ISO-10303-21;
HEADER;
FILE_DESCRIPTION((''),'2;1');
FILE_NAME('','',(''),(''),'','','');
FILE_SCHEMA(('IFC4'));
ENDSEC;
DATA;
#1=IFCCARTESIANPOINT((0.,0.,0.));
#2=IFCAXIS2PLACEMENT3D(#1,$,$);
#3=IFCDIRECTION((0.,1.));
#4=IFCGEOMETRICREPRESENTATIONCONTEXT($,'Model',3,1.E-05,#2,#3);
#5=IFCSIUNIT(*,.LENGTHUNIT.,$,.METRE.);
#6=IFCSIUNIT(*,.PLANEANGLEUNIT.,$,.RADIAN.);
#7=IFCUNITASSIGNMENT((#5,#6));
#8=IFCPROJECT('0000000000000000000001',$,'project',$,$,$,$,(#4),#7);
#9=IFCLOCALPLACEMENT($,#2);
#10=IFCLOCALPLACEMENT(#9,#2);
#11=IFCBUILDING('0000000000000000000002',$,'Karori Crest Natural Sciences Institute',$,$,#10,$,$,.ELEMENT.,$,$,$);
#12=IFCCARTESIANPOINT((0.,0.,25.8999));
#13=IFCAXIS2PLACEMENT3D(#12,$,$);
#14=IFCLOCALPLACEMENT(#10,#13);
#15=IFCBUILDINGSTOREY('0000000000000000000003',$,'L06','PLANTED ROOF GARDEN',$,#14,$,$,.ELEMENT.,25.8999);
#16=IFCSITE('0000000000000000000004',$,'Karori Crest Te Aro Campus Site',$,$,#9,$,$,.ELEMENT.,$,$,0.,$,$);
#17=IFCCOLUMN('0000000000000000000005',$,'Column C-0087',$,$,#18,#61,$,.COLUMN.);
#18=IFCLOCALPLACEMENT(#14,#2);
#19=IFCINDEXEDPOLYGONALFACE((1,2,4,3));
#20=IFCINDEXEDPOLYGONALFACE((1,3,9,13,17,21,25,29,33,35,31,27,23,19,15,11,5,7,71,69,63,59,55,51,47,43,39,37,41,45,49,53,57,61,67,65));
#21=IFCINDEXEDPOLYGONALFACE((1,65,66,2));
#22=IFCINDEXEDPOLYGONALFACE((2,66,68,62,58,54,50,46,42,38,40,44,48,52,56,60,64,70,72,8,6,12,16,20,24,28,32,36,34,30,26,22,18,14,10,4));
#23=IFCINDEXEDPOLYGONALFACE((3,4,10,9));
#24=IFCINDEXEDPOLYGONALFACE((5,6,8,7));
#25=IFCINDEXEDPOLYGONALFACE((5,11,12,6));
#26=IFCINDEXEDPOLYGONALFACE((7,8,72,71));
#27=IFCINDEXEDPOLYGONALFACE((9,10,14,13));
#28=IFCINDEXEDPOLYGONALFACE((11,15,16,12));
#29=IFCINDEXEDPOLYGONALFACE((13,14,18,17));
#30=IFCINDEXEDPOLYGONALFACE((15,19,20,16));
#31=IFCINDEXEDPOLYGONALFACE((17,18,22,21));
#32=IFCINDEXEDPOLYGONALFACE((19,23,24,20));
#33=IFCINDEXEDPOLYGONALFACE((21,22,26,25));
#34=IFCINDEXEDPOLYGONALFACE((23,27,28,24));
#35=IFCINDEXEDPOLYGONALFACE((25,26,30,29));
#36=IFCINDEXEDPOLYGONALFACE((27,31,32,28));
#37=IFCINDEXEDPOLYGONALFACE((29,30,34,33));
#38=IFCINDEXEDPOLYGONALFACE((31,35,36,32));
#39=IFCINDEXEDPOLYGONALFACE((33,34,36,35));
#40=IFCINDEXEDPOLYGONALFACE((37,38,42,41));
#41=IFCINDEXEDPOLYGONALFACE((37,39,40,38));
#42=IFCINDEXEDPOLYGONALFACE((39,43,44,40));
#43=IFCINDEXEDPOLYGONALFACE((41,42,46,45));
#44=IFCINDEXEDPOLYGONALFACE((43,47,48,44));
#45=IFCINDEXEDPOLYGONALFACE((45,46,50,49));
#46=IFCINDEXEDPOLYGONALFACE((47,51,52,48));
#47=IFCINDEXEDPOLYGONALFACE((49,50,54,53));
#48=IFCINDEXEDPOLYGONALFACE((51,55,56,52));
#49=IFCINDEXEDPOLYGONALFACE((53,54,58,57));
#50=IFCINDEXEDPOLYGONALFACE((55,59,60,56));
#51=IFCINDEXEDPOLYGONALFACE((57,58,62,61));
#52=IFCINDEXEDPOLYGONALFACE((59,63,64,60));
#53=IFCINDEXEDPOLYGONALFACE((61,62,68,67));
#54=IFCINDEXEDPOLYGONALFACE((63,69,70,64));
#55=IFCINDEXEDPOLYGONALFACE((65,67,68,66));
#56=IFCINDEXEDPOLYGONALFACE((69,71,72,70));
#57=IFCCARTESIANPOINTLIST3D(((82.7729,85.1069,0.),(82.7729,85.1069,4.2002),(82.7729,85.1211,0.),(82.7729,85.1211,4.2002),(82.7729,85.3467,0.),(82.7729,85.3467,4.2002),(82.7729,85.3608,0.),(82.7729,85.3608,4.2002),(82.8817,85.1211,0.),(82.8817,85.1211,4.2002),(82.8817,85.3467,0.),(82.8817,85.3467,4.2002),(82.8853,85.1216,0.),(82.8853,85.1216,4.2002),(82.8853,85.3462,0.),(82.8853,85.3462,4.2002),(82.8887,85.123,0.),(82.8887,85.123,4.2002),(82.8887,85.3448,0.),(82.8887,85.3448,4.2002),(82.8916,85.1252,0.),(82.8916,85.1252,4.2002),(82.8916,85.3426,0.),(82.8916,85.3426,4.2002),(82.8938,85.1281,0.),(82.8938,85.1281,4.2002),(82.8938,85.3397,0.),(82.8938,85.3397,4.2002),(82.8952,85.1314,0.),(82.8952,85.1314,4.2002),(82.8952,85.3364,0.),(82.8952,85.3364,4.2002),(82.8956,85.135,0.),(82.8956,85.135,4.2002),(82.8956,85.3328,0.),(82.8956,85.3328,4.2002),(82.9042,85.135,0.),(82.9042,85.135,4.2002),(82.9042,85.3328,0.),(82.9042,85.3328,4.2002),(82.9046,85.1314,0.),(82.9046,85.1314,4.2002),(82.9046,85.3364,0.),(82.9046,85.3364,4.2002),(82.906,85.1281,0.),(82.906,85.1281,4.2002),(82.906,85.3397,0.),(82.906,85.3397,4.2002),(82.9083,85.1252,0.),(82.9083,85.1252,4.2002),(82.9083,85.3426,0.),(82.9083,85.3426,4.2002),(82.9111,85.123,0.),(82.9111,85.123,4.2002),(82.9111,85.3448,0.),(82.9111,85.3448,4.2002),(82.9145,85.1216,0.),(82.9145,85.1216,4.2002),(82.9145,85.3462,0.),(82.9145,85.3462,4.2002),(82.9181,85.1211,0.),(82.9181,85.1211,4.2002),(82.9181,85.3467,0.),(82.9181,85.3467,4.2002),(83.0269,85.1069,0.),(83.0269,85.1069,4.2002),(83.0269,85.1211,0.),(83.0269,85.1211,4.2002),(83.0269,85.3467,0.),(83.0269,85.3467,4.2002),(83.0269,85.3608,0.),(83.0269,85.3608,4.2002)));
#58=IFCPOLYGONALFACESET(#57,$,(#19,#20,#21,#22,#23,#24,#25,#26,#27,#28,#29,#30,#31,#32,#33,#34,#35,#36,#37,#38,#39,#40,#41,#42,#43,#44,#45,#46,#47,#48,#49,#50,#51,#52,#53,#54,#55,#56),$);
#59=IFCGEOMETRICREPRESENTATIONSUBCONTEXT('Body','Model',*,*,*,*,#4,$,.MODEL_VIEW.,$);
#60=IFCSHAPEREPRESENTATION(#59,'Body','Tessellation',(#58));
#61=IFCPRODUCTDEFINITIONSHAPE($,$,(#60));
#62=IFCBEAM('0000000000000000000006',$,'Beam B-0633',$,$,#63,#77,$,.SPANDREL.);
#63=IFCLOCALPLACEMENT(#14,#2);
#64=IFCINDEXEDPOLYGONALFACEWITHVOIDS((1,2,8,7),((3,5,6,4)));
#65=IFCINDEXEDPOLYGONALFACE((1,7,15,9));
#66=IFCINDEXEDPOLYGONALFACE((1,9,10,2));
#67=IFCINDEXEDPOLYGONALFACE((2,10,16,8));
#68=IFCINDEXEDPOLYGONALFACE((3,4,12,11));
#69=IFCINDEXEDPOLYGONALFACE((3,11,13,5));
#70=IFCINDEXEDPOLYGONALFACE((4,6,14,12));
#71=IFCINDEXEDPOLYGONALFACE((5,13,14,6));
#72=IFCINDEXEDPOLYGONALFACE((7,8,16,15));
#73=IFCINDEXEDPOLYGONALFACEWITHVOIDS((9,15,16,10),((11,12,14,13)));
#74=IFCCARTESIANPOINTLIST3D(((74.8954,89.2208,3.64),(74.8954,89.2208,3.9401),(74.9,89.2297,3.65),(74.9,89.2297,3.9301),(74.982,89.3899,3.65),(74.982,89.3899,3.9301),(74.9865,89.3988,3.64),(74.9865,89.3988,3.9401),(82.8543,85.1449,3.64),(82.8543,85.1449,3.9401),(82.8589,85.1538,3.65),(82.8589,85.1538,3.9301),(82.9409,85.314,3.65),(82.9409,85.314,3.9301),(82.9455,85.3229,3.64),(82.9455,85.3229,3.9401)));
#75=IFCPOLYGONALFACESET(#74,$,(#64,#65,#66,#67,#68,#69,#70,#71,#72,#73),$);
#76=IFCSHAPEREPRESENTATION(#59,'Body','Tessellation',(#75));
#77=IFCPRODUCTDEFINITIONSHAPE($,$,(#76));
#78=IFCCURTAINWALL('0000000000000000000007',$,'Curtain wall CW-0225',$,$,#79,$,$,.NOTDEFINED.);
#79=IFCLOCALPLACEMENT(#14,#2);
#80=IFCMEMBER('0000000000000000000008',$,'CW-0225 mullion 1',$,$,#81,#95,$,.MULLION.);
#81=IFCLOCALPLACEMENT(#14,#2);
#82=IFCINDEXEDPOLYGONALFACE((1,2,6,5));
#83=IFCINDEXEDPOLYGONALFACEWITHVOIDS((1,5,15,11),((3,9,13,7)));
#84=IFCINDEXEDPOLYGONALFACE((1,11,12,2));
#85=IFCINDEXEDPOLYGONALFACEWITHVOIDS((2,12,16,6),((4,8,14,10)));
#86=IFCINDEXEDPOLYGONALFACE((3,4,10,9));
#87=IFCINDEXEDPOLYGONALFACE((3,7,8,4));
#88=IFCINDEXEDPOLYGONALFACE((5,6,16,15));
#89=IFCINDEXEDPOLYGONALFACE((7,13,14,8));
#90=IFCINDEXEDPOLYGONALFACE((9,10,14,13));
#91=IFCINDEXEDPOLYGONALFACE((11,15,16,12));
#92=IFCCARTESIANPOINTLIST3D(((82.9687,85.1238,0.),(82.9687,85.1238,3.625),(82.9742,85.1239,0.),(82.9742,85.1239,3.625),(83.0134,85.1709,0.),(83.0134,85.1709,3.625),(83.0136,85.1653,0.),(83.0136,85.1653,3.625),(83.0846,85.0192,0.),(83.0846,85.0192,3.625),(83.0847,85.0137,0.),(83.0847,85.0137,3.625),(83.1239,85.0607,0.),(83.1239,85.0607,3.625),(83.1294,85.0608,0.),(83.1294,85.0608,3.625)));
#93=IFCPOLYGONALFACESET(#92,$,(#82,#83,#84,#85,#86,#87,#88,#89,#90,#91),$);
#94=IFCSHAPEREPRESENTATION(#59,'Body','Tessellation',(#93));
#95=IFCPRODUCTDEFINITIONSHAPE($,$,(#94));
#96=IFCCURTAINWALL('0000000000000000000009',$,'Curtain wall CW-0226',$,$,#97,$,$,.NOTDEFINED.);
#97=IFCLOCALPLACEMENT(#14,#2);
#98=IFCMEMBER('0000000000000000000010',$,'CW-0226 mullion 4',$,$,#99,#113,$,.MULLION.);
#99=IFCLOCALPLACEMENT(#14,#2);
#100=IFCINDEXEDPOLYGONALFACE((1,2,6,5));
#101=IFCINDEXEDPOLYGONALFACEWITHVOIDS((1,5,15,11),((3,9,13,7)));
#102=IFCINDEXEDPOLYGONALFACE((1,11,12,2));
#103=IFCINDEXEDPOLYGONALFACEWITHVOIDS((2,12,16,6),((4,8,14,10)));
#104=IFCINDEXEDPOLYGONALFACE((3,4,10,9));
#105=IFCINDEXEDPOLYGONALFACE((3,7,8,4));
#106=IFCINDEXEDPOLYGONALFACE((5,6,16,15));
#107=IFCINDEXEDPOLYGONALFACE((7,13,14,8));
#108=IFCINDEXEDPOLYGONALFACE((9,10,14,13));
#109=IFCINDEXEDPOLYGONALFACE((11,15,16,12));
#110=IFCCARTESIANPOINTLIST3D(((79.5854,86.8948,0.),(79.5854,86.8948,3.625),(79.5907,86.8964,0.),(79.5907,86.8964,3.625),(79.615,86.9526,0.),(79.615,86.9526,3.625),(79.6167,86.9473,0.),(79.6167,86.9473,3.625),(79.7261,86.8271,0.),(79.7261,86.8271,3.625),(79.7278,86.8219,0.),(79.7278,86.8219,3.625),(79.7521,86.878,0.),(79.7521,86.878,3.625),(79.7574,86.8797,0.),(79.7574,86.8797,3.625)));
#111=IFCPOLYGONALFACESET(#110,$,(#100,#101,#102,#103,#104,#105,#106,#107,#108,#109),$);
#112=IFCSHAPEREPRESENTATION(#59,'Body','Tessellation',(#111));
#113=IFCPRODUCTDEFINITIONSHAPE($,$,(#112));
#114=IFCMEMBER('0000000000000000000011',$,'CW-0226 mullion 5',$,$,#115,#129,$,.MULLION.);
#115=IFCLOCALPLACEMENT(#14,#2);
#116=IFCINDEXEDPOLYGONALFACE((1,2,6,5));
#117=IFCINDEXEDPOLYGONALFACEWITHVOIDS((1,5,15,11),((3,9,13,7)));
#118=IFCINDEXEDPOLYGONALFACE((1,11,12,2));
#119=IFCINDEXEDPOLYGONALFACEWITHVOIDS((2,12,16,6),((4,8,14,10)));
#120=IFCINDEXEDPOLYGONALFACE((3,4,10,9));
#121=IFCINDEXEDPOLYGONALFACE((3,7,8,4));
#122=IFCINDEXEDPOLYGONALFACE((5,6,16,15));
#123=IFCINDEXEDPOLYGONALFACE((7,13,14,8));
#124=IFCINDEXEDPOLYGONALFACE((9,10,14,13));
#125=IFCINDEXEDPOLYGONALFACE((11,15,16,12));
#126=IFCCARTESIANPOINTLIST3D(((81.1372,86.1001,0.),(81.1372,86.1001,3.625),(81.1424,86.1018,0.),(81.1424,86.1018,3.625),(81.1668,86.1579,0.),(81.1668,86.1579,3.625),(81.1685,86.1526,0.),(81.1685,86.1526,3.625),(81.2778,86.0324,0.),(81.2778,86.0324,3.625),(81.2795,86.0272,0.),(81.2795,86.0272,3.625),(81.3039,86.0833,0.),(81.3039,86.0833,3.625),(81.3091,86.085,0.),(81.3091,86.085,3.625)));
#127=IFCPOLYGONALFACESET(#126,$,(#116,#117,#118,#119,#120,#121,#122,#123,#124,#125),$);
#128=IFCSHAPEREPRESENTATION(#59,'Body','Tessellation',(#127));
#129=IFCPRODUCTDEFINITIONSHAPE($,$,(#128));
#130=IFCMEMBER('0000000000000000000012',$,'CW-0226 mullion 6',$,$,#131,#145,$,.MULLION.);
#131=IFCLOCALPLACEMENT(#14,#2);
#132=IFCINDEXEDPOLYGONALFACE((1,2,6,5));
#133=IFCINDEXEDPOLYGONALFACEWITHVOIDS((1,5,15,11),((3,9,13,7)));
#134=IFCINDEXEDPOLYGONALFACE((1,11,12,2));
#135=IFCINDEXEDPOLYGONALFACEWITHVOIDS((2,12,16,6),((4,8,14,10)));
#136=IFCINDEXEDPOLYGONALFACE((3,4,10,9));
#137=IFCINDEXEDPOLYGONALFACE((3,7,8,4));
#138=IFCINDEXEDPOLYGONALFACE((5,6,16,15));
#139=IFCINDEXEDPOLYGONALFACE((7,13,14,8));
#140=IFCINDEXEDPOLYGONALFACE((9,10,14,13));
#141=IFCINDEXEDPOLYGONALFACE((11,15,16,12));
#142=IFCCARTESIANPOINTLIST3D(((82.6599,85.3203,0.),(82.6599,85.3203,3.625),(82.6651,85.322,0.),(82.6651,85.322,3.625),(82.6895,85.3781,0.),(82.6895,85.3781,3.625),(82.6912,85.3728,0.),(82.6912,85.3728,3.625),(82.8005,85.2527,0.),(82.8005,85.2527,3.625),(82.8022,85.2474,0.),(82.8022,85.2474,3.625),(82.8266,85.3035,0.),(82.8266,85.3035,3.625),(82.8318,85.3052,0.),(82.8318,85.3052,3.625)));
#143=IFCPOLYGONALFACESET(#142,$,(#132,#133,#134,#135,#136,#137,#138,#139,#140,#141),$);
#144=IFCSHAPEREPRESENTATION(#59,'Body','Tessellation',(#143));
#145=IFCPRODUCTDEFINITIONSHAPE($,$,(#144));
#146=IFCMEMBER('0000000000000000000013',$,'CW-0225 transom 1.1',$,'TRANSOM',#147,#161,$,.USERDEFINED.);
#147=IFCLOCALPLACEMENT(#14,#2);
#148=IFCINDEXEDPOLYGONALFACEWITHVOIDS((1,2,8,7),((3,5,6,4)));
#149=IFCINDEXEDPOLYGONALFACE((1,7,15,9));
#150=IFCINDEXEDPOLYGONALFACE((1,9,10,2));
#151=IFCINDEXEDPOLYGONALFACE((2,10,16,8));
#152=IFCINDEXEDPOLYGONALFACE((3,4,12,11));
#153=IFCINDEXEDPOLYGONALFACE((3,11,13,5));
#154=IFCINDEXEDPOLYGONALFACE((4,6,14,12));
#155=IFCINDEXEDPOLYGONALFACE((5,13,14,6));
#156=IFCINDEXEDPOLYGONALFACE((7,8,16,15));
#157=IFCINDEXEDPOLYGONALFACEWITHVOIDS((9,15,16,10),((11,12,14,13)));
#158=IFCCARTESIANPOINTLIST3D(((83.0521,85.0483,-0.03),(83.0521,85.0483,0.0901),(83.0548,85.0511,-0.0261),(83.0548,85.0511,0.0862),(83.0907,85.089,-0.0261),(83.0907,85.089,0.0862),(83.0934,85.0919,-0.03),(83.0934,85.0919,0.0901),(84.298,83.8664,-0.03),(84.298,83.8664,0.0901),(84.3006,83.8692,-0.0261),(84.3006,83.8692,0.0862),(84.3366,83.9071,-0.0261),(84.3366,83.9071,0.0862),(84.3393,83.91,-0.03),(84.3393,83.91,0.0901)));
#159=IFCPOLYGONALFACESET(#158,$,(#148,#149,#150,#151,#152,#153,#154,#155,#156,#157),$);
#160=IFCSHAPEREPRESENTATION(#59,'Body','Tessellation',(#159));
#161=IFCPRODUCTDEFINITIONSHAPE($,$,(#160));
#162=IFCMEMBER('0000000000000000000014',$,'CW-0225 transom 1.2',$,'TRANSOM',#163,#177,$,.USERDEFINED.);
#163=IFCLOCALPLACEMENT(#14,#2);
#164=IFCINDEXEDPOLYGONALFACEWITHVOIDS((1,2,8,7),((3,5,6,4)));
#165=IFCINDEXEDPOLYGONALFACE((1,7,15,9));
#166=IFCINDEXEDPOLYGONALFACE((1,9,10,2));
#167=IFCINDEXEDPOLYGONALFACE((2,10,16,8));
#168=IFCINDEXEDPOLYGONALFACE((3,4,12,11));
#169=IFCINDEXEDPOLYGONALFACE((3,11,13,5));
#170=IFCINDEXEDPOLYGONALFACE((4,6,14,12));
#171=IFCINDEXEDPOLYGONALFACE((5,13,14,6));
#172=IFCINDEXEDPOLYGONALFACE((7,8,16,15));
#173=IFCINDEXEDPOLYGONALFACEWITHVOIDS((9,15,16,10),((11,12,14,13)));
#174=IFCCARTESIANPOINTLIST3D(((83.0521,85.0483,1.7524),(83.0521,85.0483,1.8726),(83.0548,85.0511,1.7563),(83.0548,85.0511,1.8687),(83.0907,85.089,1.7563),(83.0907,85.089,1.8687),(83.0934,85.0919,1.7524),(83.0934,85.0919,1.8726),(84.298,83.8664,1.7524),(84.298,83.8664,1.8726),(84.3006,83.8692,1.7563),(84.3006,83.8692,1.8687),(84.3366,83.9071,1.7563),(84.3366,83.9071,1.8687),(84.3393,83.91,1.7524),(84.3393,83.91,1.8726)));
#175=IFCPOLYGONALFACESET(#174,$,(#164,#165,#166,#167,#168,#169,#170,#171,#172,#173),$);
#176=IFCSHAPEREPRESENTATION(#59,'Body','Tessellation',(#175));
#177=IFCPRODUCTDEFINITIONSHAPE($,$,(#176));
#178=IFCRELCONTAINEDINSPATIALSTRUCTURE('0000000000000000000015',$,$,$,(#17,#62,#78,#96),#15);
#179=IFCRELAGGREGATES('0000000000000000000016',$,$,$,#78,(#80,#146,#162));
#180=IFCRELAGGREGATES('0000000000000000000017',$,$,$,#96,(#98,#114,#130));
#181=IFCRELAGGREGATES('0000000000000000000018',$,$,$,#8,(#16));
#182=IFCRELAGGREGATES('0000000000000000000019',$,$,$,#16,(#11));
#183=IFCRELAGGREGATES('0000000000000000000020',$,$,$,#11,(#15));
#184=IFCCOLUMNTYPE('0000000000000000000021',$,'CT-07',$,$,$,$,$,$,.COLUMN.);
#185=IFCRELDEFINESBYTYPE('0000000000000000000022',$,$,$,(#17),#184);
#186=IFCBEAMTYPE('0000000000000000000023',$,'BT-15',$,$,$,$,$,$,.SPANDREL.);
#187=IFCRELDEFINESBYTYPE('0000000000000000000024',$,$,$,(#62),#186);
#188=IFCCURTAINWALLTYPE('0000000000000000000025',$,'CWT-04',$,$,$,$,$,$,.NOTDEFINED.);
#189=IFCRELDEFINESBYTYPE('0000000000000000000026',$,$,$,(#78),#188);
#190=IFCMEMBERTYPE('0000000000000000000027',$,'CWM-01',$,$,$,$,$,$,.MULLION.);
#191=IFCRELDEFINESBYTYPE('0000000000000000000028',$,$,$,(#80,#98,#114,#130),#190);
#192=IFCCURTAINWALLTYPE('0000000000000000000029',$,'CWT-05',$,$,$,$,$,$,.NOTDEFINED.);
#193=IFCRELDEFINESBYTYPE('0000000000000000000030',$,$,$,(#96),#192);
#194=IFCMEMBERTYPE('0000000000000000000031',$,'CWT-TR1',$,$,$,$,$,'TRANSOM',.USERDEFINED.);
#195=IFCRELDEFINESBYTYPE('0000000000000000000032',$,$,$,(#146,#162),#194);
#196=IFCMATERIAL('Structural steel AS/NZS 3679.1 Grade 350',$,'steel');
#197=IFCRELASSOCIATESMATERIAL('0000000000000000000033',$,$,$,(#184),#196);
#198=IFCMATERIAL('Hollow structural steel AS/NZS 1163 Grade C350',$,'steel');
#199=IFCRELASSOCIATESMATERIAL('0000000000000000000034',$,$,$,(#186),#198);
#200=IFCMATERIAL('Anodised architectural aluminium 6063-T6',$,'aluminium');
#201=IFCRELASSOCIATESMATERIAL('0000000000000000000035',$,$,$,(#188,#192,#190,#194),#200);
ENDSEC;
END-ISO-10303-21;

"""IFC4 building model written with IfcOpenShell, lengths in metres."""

from ifc_helpers import new_model, si_unit, direction, frame, origin, origin_2d, place, context, subcontext, project, spatial, hollow_rectangle, i_section, extrude, material, material_profile, profile_set, type_object, element, aggregate, save


model = new_model("IFC4")

# Units and contexts
model_context = context("Model", 3, precision=1e-05, world=origin(), true_north=direction((0.0, 1.0)))
body_context = subcontext(model_context, "Body", "Model", "MODEL_VIEW")
ifc_project = project(units=[si_unit("LENGTHUNIT", "METRE"), si_unit("PLANEANGLEUNIT", "RADIAN")], contexts=[model_context])

# Site, building, storey
site_placement = place(None, origin())
site = spatial("IfcSite", under=ifc_project, at=site_placement, Name="Karori Crest Te Aro Campus Site", CompositionType="ELEMENT", RefElevation=0.0)
building_placement = place(site_placement, origin())
building = spatial("IfcBuilding", under=site, at=building_placement, Name="Karori Crest Natural Sciences Institute", CompositionType="ELEMENT")
storey_placement = place(building_placement, frame((0.0, 0.0, 25.8999)))
storey = spatial("IfcBuildingStorey", under=building, at=storey_placement, Name="L06", Description="PLANTED ROOF GARDEN", CompositionType="ELEMENT", Elevation=25.8999)

# Column
ifc_material_1 = material(Name="Structural steel AS/NZS 3679.1 Grade 350", Category="steel")
ifc_material_profile_1 = material_profile(ifc_material_1, i_section(OverallWidth=0.2539, OverallDepth=0.2539, WebThickness=0.0085, FlangeThickness=0.0142, FilletRadius=0.0139, at=origin_2d()), Name="250UC72.9")
ifc_profile_set_1 = profile_set([ifc_material_profile_1], Name="Structural steel AS/NZS 3679.1 Grade 350")
column_type = type_object("IfcColumnType", Name="CT-07", PredefinedType="COLUMN", material=ifc_profile_set_1)
column_placement = place(storey_placement, frame((82.8999, 85.2339, 0.0), z_axis=(0.0, 0.0, 1.0), x_axis=(1.0, 0.0, 0.0)))
element("IfcColumn", 1, at=column_placement, inside=storey, type_object=column_type, Name="Column C-0087", PredefinedType="COLUMN", context=body_context, shape_type="SweptSolid", body=[
    extrude(i_section(OverallWidth=0.2539, OverallDepth=0.2539, WebThickness=0.0085, FlangeThickness=0.0142, FilletRadius=0.0139, at=origin_2d()), origin(), (0.0, 0.0, 1.0), 4.2002),
])

# Beam
ifc_material_2 = material(Name="Hollow structural steel AS/NZS 1163 Grade C350", Category="steel")
ifc_material_profile_2 = material_profile(ifc_material_2, hollow_rectangle(XDim=0.2, YDim=0.3, WallThickness=0.01, at=origin_2d()), Name="RHS300x200x10")
ifc_profile_set_2 = profile_set([ifc_material_profile_2], Name="Hollow structural steel AS/NZS 1163 Grade C350")
beam_type = type_object("IfcBeamType", Name="BT-15", PredefinedType="SPANDREL", material=ifc_profile_set_2)
beam_placement = place(storey_placement, frame((82.8999, 85.2339, 3.79), z_axis=(-0.890072, 0.45582, 0.0), x_axis=(-0.45582, -0.890072, 0.0)))
element("IfcBeam", 2, at=beam_placement, inside=storey, type_object=beam_type, Name="Beam B-0633", PredefinedType="SPANDREL", context=body_context, shape_type="SweptSolid", body=[
    extrude(hollow_rectangle(XDim=0.2, YDim=0.3, WallThickness=0.01, at=origin_2d()), origin(), (0.0, 0.0, 1.0), 8.9419),
])

# Curtain wall, member
ifc_material_3 = material(Name="Anodised architectural aluminium 6063-T6", Category="aluminium")
curtain_wall_type_1 = type_object("IfcCurtainWallType", Name="CWT-04", PredefinedType="NOTDEFINED", material=ifc_material_3)
curtain_wall_1_placement = place(storey_placement, origin())
curtain_wall_1 = element("IfcCurtainWall", 3, at=curtain_wall_1_placement, inside=storey, type_object=curtain_wall_type_1, Name="Curtain wall CW-0225", PredefinedType="NOTDEFINED")
ifc_material_profile_3 = material_profile(ifc_material_3, hollow_rectangle(XDim=0.0649, YDim=0.1599, WallThickness=0.0039, at=origin_2d()), Name="CWM160x65x4")
ifc_profile_set_3 = profile_set([ifc_material_profile_3], Name="Anodised architectural aluminium 6063-T6")
member_type_1 = type_object("IfcMemberType", Name="CWM-01", PredefinedType="MULLION", material=ifc_profile_set_3)
member_1_placement = place(storey_placement, frame((83.0491, 85.0923, 0.0), z_axis=(0.0, 0.0, 1.0), x_axis=(0.688252, 0.725471, 0.0)))
member_1 = element("IfcMember", 4, at=member_1_placement, type_object=member_type_1, Name="CW-0225 mullion 1", PredefinedType="MULLION", context=body_context, shape_type="SweptSolid", body=[
    extrude(hollow_rectangle(XDim=0.0649, YDim=0.1599, WallThickness=0.0039, at=origin_2d()), origin(), (0.0, 0.0, 1.0), 3.625),
])

# Curtain wall, members
curtain_wall_type_2 = type_object("IfcCurtainWallType", Name="CWT-05", PredefinedType="NOTDEFINED", material=ifc_material_3)
curtain_wall_2_placement = place(storey_placement, origin())
curtain_wall_2 = element("IfcCurtainWall", 5, at=curtain_wall_2_placement, inside=storey, type_object=curtain_wall_type_2, Name="Curtain wall CW-0226", PredefinedType="NOTDEFINED")
member_2_placement = place(storey_placement, frame((79.6714, 86.8872, 0.0), z_axis=(0.0, 0.0, 1.0), x_axis=(0.455829, 0.890067, 0.0)))
member_2 = element("IfcMember", 6, at=member_2_placement, type_object=member_type_1, Name="CW-0226 mullion 4", PredefinedType="MULLION", context=body_context, shape_type="SweptSolid", body=[
    extrude(hollow_rectangle(XDim=0.0649, YDim=0.1599, WallThickness=0.0039, at=origin_2d()), origin(), (0.0, 0.0, 1.0), 3.625),
])
member_3_placement = place(storey_placement, frame((81.2231, 86.0925, 0.0), z_axis=(0.0, 0.0, 1.0), x_axis=(0.455829, 0.890067, 0.0)))
member_3 = element("IfcMember", 7, at=member_3_placement, type_object=member_type_1, Name="CW-0226 mullion 5", PredefinedType="MULLION", context=body_context, shape_type="SweptSolid", body=[
    extrude(hollow_rectangle(XDim=0.0649, YDim=0.1599, WallThickness=0.0039, at=origin_2d()), origin(), (0.0, 0.0, 1.0), 3.625),
])
member_4_placement = place(storey_placement, frame((82.7458, 85.3127, 0.0), z_axis=(0.0, 0.0, 1.0), x_axis=(0.455829, 0.890067, 0.0)))
member_4 = element("IfcMember", 8, at=member_4_placement, type_object=member_type_1, Name="CW-0226 mullion 6", PredefinedType="MULLION", context=body_context, shape_type="SweptSolid", body=[
    extrude(hollow_rectangle(XDim=0.0649, YDim=0.1599, WallThickness=0.0039, at=origin_2d()), origin(), (0.0, 0.0, 1.0), 3.625),
])

# Members
ifc_material_profile_4 = material_profile(ifc_material_3, hollow_rectangle(XDim=0.0601, YDim=0.1201, WallThickness=0.0039, at=origin_2d()), Name="CWT120x60x4")
ifc_profile_set_4 = profile_set([ifc_material_profile_4], Name="Anodised architectural aluminium 6063-T6")
member_type_2 = type_object("IfcMemberType", Name="CWT-TR1", ElementType="TRANSOM", PredefinedType="USERDEFINED", material=ifc_profile_set_4)
member_5_placement = place(storey_placement, frame((83.0728, 85.0701, 0.03), z_axis=(0.725486, -0.688237, 0.0), x_axis=(0.688237, 0.725486, 0.0)))
member_5 = element("IfcMember", 9, at=member_5_placement, type_object=member_type_2, Name="CW-0225 transom 1.1", ObjectType="TRANSOM", PredefinedType="USERDEFINED", context=body_context, shape_type="SweptSolid", body=[
    extrude(hollow_rectangle(XDim=0.0601, YDim=0.1201, WallThickness=0.0039, at=origin_2d()), origin(), (0.0, 0.0, 1.0), 1.7173),
])
member_6_placement = place(storey_placement, frame((83.0728, 85.0701, 1.8125), z_axis=(0.725486, -0.688237, 0.0), x_axis=(0.688237, 0.725486, 0.0)))
member_6 = element("IfcMember", 10, at=member_6_placement, type_object=member_type_2, Name="CW-0225 transom 1.2", ObjectType="TRANSOM", PredefinedType="USERDEFINED", context=body_context, shape_type="SweptSolid", body=[
    extrude(hollow_rectangle(XDim=0.0601, YDim=0.1201, WallThickness=0.0039, at=origin_2d()), origin(), (0.0, 0.0, 1.0), 1.7173),
])
aggregate(curtain_wall_1, [member_1, member_5, member_6])

aggregate(curtain_wall_2, [member_2, member_3, member_4])

save(model, "model.ifc")
